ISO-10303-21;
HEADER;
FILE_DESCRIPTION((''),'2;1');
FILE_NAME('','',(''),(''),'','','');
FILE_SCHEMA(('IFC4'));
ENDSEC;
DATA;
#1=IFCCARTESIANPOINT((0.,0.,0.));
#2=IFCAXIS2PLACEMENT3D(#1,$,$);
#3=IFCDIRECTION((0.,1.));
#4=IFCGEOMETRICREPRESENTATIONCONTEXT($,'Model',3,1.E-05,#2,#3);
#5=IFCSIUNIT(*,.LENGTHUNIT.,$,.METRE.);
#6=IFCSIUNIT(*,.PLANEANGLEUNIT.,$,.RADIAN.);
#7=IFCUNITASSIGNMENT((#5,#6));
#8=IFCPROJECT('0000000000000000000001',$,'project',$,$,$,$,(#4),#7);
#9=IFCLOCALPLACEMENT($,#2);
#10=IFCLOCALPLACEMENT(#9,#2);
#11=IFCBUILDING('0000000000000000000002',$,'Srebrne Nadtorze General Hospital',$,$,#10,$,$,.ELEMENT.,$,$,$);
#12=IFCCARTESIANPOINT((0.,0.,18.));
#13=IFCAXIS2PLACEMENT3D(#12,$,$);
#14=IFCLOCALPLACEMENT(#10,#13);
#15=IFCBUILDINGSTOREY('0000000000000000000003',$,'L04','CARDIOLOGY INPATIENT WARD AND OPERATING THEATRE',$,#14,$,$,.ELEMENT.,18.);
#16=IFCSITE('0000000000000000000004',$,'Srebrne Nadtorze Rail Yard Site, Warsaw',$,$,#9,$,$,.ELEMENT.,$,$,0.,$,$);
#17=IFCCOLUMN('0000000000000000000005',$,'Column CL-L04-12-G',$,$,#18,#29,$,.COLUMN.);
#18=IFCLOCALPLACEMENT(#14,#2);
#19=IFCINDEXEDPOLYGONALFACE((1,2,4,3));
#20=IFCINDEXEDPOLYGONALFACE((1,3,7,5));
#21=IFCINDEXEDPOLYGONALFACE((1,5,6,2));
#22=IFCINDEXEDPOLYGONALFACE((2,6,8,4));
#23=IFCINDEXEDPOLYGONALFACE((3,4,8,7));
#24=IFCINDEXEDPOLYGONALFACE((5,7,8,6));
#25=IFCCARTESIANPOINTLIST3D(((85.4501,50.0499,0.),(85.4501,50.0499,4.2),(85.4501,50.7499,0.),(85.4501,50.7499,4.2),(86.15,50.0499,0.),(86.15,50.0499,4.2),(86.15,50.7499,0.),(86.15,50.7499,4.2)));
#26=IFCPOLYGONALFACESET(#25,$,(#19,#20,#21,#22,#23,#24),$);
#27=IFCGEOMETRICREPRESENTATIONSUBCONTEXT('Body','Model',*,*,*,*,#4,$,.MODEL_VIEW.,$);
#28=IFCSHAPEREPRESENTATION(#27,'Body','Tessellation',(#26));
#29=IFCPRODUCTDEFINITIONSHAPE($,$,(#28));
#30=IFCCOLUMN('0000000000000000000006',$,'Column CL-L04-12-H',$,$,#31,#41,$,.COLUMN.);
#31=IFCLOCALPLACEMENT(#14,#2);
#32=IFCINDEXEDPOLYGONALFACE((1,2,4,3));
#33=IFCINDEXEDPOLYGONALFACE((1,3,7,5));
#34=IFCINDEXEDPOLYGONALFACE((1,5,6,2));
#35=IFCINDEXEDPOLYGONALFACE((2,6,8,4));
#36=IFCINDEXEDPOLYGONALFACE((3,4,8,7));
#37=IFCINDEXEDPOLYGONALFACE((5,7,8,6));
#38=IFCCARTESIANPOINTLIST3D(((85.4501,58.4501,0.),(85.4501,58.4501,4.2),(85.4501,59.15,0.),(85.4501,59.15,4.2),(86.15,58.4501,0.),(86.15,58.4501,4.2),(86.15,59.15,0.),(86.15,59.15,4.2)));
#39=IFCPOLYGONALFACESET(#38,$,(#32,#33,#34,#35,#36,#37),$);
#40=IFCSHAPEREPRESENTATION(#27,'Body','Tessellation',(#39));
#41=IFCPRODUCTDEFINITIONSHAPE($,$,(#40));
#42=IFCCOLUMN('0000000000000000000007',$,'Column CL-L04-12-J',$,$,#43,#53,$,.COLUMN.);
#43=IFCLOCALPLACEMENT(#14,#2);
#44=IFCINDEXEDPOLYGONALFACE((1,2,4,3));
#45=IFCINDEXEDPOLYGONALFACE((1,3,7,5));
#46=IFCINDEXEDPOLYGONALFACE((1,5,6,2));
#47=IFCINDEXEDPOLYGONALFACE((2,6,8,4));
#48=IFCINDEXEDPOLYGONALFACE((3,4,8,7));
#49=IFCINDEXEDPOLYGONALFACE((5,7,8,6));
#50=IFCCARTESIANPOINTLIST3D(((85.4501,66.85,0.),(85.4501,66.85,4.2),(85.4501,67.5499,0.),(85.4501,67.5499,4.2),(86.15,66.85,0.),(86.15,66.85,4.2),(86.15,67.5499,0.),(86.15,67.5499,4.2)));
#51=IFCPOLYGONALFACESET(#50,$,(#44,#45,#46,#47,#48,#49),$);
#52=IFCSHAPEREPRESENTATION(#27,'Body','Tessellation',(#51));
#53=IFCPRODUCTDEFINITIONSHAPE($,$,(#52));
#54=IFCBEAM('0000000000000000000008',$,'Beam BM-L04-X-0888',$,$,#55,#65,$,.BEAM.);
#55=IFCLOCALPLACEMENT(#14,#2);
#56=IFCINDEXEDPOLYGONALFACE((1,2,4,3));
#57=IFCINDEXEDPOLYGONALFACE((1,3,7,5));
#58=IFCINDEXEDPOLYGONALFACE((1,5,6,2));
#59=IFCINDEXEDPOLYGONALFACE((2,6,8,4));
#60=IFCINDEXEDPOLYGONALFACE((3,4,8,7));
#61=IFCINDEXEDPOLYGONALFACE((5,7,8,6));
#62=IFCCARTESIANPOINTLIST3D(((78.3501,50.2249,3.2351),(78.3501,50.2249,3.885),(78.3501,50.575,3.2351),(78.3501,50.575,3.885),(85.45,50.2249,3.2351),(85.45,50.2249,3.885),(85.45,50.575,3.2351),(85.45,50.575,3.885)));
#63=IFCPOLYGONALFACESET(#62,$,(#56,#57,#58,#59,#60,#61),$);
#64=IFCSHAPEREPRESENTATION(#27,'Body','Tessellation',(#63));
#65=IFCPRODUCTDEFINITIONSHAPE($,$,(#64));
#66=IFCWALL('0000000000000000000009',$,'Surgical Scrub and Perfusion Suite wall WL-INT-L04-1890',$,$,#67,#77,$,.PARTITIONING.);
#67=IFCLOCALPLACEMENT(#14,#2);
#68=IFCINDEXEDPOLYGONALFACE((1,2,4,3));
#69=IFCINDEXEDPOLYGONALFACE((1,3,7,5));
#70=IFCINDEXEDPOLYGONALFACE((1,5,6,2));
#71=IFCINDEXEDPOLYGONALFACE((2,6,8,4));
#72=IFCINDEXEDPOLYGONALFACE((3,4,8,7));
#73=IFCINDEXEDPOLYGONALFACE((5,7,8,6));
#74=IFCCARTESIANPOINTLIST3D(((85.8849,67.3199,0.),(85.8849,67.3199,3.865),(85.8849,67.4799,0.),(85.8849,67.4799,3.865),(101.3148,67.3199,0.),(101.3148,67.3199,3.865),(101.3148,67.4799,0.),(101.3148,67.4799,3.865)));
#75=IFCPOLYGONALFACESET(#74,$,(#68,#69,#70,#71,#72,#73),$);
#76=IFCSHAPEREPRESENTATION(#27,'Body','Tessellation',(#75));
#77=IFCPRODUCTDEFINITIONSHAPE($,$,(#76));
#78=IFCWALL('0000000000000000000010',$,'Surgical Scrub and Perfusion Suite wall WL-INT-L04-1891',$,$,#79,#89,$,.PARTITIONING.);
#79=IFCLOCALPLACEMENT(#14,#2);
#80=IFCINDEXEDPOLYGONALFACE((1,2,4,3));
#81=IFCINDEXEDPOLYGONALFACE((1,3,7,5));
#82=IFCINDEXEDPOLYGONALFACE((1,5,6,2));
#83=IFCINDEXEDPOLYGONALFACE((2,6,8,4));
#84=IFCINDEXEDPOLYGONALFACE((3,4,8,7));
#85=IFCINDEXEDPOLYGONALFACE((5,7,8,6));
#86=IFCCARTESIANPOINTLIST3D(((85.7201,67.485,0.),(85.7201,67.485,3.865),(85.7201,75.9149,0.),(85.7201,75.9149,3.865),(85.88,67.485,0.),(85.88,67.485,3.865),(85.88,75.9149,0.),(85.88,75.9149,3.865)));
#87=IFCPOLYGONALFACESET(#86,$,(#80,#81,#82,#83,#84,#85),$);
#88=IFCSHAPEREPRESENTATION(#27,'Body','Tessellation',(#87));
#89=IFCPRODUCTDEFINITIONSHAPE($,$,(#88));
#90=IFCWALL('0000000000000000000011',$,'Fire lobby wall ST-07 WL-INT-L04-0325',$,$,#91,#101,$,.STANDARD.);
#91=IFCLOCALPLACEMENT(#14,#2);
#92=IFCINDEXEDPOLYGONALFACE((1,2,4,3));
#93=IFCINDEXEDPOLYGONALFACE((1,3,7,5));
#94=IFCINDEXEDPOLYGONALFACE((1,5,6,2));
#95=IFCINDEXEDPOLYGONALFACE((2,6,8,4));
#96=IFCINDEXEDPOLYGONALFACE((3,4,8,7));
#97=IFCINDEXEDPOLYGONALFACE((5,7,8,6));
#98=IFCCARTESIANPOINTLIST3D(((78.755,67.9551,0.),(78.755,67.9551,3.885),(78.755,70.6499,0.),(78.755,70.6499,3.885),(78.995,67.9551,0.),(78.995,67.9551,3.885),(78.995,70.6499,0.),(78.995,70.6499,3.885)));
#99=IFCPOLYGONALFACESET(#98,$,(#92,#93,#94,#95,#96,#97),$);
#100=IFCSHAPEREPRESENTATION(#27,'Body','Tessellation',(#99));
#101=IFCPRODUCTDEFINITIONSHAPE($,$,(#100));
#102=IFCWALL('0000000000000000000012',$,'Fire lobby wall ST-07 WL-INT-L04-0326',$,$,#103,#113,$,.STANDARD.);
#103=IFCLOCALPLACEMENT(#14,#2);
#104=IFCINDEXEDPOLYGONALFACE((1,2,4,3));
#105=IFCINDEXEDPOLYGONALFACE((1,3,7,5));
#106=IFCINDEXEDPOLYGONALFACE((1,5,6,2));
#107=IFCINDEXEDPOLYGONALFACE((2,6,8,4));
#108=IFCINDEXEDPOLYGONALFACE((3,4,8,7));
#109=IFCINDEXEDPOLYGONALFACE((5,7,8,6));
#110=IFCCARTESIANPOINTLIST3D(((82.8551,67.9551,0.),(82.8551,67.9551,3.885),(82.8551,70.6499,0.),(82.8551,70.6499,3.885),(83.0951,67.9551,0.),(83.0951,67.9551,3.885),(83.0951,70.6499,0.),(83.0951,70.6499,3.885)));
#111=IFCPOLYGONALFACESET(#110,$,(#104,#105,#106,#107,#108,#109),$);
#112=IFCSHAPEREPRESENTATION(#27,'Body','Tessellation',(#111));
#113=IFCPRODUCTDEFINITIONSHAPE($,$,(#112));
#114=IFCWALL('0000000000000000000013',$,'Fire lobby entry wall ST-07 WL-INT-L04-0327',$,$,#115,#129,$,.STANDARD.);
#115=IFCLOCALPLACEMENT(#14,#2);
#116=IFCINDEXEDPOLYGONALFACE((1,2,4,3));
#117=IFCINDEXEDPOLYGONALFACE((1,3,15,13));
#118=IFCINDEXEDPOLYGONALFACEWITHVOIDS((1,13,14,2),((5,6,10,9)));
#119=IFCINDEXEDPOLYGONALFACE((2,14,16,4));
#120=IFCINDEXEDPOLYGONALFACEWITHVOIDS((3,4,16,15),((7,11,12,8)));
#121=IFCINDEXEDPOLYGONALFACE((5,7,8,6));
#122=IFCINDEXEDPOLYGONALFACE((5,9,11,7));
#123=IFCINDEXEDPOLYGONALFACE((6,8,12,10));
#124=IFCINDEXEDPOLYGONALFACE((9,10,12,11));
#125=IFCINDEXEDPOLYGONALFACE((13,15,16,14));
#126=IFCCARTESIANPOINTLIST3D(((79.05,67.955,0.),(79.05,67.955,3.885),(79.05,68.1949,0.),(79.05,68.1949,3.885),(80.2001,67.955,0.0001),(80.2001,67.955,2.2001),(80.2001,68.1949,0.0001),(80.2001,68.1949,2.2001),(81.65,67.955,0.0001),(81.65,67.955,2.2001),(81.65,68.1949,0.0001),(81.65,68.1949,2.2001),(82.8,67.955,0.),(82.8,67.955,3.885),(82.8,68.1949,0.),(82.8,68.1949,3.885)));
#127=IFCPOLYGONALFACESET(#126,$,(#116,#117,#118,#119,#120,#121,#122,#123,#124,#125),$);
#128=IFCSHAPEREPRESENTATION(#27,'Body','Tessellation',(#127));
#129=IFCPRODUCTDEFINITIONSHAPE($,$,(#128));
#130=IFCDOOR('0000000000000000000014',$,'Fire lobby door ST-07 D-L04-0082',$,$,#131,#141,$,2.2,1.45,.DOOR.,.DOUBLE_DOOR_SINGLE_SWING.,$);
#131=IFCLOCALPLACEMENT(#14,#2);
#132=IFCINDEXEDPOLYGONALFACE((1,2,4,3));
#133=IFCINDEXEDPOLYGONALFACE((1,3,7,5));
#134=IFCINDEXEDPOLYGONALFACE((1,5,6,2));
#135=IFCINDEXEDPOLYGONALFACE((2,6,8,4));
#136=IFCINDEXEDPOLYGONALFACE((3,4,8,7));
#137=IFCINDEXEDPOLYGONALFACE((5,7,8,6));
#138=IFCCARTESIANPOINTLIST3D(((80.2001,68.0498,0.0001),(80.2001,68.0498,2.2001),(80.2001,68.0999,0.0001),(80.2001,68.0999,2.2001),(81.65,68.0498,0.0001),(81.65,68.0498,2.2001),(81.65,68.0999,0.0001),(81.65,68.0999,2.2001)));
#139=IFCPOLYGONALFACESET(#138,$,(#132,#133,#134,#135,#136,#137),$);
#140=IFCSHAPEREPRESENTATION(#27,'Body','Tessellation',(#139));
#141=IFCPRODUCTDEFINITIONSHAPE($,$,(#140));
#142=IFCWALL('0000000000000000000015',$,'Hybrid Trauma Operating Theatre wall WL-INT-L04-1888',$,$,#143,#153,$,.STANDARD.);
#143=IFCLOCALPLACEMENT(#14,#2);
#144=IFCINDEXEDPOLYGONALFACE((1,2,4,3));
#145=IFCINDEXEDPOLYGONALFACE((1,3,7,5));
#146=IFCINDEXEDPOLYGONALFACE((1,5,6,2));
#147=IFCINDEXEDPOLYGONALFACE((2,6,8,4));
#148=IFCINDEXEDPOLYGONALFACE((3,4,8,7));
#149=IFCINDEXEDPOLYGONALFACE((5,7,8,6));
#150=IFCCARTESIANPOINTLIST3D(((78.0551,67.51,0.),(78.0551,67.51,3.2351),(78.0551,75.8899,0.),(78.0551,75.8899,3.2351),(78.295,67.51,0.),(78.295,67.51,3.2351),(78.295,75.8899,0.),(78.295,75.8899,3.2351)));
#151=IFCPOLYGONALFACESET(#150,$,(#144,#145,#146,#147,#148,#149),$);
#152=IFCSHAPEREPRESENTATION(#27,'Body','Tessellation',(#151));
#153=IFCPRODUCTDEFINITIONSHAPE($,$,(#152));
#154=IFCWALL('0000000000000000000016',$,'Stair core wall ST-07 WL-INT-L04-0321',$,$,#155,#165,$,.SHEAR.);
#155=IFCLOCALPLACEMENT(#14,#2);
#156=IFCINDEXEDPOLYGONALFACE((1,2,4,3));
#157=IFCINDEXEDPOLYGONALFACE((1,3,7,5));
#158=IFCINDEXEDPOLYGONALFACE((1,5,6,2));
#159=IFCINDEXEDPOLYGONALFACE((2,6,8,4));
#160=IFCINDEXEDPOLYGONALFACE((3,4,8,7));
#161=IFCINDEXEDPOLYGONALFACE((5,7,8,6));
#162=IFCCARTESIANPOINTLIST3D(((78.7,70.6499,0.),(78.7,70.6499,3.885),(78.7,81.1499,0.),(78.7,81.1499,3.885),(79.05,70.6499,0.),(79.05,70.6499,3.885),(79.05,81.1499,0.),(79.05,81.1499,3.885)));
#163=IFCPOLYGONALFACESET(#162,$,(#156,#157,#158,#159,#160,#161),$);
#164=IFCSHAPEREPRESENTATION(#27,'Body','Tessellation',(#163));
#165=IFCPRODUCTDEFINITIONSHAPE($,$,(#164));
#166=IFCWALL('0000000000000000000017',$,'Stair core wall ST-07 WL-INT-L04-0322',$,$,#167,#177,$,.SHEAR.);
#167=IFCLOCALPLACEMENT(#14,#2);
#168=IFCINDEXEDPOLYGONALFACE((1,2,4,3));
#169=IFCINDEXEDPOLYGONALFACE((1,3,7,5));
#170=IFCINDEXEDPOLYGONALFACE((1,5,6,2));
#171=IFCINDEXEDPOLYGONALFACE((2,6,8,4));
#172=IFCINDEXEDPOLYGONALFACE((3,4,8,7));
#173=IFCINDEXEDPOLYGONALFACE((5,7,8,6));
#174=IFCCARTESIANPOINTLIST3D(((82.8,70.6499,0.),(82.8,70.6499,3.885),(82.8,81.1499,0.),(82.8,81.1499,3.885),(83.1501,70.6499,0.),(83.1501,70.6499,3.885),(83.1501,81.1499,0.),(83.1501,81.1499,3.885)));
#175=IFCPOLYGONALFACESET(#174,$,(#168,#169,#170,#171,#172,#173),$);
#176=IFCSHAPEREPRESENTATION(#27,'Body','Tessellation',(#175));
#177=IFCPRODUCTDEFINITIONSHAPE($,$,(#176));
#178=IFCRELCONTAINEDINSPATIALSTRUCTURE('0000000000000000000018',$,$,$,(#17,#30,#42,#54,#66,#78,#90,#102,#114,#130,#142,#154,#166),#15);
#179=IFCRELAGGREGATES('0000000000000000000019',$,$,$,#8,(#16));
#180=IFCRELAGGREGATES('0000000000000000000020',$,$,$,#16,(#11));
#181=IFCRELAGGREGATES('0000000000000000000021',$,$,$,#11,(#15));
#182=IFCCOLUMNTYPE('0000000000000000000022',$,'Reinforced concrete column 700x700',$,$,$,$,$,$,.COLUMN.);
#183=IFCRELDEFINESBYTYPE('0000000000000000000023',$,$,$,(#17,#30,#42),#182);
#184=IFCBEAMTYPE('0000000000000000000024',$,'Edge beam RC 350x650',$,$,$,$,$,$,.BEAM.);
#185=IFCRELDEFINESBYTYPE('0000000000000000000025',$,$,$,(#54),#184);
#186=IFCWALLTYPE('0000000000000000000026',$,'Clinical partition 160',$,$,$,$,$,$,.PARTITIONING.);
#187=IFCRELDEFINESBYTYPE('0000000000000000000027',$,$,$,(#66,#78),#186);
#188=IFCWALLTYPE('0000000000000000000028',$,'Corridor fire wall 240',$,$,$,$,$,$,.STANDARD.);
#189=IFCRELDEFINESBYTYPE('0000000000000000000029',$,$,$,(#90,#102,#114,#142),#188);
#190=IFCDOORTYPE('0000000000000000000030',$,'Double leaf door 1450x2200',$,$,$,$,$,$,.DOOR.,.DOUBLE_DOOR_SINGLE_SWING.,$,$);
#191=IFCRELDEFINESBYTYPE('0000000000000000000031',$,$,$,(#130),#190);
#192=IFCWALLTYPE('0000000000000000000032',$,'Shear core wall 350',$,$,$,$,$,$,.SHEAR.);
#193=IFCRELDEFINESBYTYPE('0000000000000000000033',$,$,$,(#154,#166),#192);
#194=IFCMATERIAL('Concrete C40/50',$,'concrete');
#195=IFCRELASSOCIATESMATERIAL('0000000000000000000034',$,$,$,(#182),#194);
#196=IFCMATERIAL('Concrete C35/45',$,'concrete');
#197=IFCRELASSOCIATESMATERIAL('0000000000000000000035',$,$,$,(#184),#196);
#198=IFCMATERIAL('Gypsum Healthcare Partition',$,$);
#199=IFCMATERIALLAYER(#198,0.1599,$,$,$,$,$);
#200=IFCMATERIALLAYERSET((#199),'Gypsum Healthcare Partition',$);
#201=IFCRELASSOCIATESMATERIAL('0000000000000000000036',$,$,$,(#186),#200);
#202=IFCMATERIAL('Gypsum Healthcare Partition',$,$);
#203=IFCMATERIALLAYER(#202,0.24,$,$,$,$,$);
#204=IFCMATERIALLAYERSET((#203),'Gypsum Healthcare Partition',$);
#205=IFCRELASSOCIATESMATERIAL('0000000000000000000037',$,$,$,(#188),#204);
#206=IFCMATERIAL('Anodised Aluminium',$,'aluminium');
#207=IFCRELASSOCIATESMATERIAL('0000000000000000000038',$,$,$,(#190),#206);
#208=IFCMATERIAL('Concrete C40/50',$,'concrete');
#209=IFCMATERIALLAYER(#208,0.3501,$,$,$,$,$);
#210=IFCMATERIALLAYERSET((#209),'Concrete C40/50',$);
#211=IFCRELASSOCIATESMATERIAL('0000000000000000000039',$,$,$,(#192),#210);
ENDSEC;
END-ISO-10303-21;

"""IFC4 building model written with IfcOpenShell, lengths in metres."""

from ifc_helpers import new_model, si_unit, direction, frame, frame_2d, origin, origin_2d, place, context, subcontext, project, spatial, rectangle, extrude, material, layer, layer_set, material_profile, profile_set, type_object, element, fill, save


model = new_model("IFC4")

# Units and contexts
model_context = context("Model", 3, precision=1e-05, world=origin(), true_north=direction((0.0, 1.0)))
body_context = subcontext(model_context, "Body", "Model", "MODEL_VIEW")
ifc_project = project(units=[si_unit("LENGTHUNIT", "METRE"), si_unit("PLANEANGLEUNIT", "RADIAN")], contexts=[model_context])

# Site, building, storey
site_placement = place(None, origin())
site = spatial("IfcSite", under=ifc_project, at=site_placement, Name="Srebrne Nadtorze Rail Yard Site, Warsaw", CompositionType="ELEMENT", RefElevation=0.0)
building_placement = place(site_placement, origin())
building = spatial("IfcBuilding", under=site, at=building_placement, Name="Srebrne Nadtorze General Hospital", CompositionType="ELEMENT")
storey_placement = place(building_placement, frame((0.0, 0.0, 18.0)))
storey = spatial("IfcBuildingStorey", under=building, at=storey_placement, Name="L04", Description="CARDIOLOGY INPATIENT WARD AND OPERATING THEATRE", CompositionType="ELEMENT", Elevation=18.0)

# Columns
ifc_material_1 = material(Name="Concrete C40/50", Category="concrete")
ifc_material_profile_1 = material_profile(ifc_material_1, rectangle(XDim=0.7, YDim=0.7, at=origin_2d()), Name="RC-COL-700x700")
ifc_profile_set_1 = profile_set([ifc_material_profile_1], Name="Concrete C40/50")
column_type = type_object("IfcColumnType", Name="Reinforced concrete column 700x700", PredefinedType="COLUMN", material=ifc_profile_set_1)
for number, where, z_axis, x_axis, name in (
    (1, (85.8, 50.3999, 0.0), (0.0, 0.0, 1.0), (1.0, 0.0, 0.0), "Column CL-L04-12-G"),
    (2, (85.8, 58.8, 0.0), (0.0, 0.0, 1.0), (1.0, 0.0, 0.0), "Column CL-L04-12-H"),
    (3, (85.8, 67.2, 0.0), (0.0, 0.0, 1.0), (1.0, 0.0, 0.0), "Column CL-L04-12-J"),
):
    element("IfcColumn", number, at=place(storey_placement, frame(where, z_axis=z_axis, x_axis=x_axis)), inside=storey, type_object=column_type, Name=name, PredefinedType="COLUMN", context=body_context, shape_type="SweptSolid", body=[
        extrude(rectangle(XDim=0.7, YDim=0.7, at=origin_2d()), origin(), (0.0, 0.0, 1.0), 4.2),
    ])

# Beam
ifc_material_2 = material(Name="Concrete C35/45", Category="concrete")
ifc_material_profile_2 = material_profile(ifc_material_2, rectangle(XDim=0.3501, YDim=0.6499, at=origin_2d()), Name="RC-BM-350x650")
ifc_profile_set_2 = profile_set([ifc_material_profile_2], Name="Concrete C35/45")
beam_type = type_object("IfcBeamType", Name="Edge beam RC 350x650", PredefinedType="BEAM", material=ifc_profile_set_2)
beam_placement = place(storey_placement, frame((78.3501, 50.3999, 3.5601), z_axis=(1.0, 0.0, 0.0), x_axis=(0.0, 1.0, 0.0)))
element("IfcBeam", 4, at=beam_placement, inside=storey, type_object=beam_type, Name="Beam BM-L04-X-0888", PredefinedType="BEAM", context=body_context, shape_type="SweptSolid", body=[
    extrude(rectangle(XDim=0.3501, YDim=0.6499, at=origin_2d()), origin(), (0.0, 0.0, 1.0), 7.0999),
])

# Walls
ifc_material_3 = material(Name="Gypsum Healthcare Partition")
ifc_layer_1 = layer(ifc_material_3, 0.1599)
ifc_layer_set_1 = layer_set([ifc_layer_1], Name="Gypsum Healthcare Partition")
wall_type_1 = type_object("IfcWallType", Name="Clinical partition 160", PredefinedType="PARTITIONING", material=ifc_layer_set_1)
wall_1_placement = place(storey_placement, frame((85.885, 67.3999, 0.0), z_axis=(0.0, 0.0, 1.0), x_axis=(1.0, 0.0, 0.0)))
element("IfcWall", 5, at=wall_1_placement, inside=storey, type_object=wall_type_1, Name="Surgical Scrub and Perfusion Suite wall WL-INT-L04-1890", PredefinedType="PARTITIONING", context=body_context, shape_type="SweptSolid", body=[
    extrude(rectangle(XDim=15.4299, YDim=0.1599, at=frame_2d((7.7148, 0.0))), origin(), (0.0, 0.0, 1.0), 3.865),
])
wall_2_placement = place(storey_placement, frame((85.8, 67.4851, 0.0), z_axis=(0.0, 0.0, 1.0), x_axis=(0.0, 1.0, 0.0)))
element("IfcWall", 6, at=wall_2_placement, inside=storey, type_object=wall_type_1, Name="Surgical Scrub and Perfusion Suite wall WL-INT-L04-1891", PredefinedType="PARTITIONING", context=body_context, shape_type="SweptSolid", body=[
    extrude(rectangle(XDim=8.4299, YDim=0.1599, at=frame_2d((4.2148, 0.0))), origin(), (0.0, 0.0, 1.0), 3.865),
])
ifc_material_4 = material(Name="Gypsum Healthcare Partition")
ifc_layer_2 = layer(ifc_material_4, 0.24)
ifc_layer_set_2 = layer_set([ifc_layer_2], Name="Gypsum Healthcare Partition")
wall_type_2 = type_object("IfcWallType", Name="Corridor fire wall 240", PredefinedType="STANDARD", material=ifc_layer_set_2)
for number, where, z_axis, x_axis, name in (
    (7, (78.875, 67.9551, 0.0), (0.0, 0.0, 1.0), (0.0, 1.0, 0.0), "Fire lobby wall ST-07 WL-INT-L04-0325"),
    (8, (82.9751, 67.9551, 0.0), (0.0, 0.0, 1.0), (0.0, 1.0, 0.0), "Fire lobby wall ST-07 WL-INT-L04-0326"),
):
    element("IfcWall", number, at=place(storey_placement, frame(where, z_axis=z_axis, x_axis=x_axis)), inside=storey, type_object=wall_type_2, Name=name, PredefinedType="STANDARD", context=body_context, shape_type="SweptSolid", body=[
        extrude(rectangle(XDim=2.6948, YDim=0.24, at=frame_2d((1.3474, 0.0))), origin(), (0.0, 0.0, 1.0), 3.885),
    ])

# Wall, opening, door
wall_3_placement = place(storey_placement, frame((79.05, 68.075, 0.0), z_axis=(0.0, 0.0, 1.0), x_axis=(1.0, 0.0, 0.0)))
wall_3 = element("IfcWall", 9, at=wall_3_placement, inside=storey, type_object=wall_type_2, Name="Fire lobby entry wall ST-07 WL-INT-L04-0327", PredefinedType="STANDARD", context=body_context, shape_type="SweptSolid", body=[
    extrude(rectangle(XDim=3.75, YDim=0.24, at=frame_2d((1.875, 0.0))), origin(), (0.0, 0.0, 1.0), 3.885),
])
opening_1_placement = place(wall_3_placement, frame((1.1499, 0.0, 0.0)))
opening_1 = element("IfcOpeningElement", 10, at=opening_1_placement, cuts=wall_3, PredefinedType="OPENING", context=body_context, shape_type="SweptSolid", body=[
    extrude(rectangle(XDim=1.45, YDim=2.2, at=frame_2d((0.7251, 1.1001))), frame((0.0, 0.1318, 0.0), z_axis=(0.0, -1.0, 0.0), x_axis=(1.0, 0.0, 0.0)), (0.0, 0.0, 1.0), 0.2639),
])
ifc_material_5 = material(Name="Anodised Aluminium", Category="aluminium")
door_type = type_object("IfcDoorType", Name="Double leaf door 1450x2200", OperationType="DOUBLE_DOOR_SINGLE_SWING", PredefinedType="DOOR", material=ifc_material_5)
door_1_placement = place(opening_1_placement, origin())
door_1 = element("IfcDoor", 11, at=door_1_placement, inside=storey, type_object=door_type, Name="Fire lobby door ST-07 D-L04-0082", OperationType="DOUBLE_DOOR_SINGLE_SWING", OverallHeight=2.2, OverallWidth=1.45, PredefinedType="DOOR", context=body_context, shape_type="SweptSolid", body=[
    extrude(rectangle(XDim=1.45, YDim=2.2, at=frame_2d((0.7251, 1.1001))), frame((0.0, 0.0249, 0.0), z_axis=(0.0, -1.0, 0.0), x_axis=(1.0, 0.0, 0.0)), (0.0, 0.0, 1.0), 0.05),
])
fill(opening_1, door_1)

# Walls
wall_4_placement = place(storey_placement, frame((78.175, 67.51, 0.0), z_axis=(0.0, 0.0, 1.0), x_axis=(0.0, 1.0, 0.0)))
element("IfcWall", 12, at=wall_4_placement, inside=storey, type_object=wall_type_2, Name="Hybrid Trauma Operating Theatre wall WL-INT-L04-1888", PredefinedType="STANDARD", context=body_context, shape_type="SweptSolid", body=[
    extrude(rectangle(XDim=8.3799, YDim=0.24, at=frame_2d((4.1899, 0.0))), origin(), (0.0, 0.0, 1.0), 3.2351),
])
ifc_material_6 = material(Name="Concrete C40/50", Category="concrete")
ifc_layer_3 = layer(ifc_material_6, 0.3501)
ifc_layer_set_3 = layer_set([ifc_layer_3], Name="Concrete C40/50")
wall_type_3 = type_object("IfcWallType", Name="Shear core wall 350", PredefinedType="SHEAR", material=ifc_layer_set_3)
for number, where, z_axis, x_axis, name in (
    (13, (78.875, 70.6499, 0.0), (0.0, 0.0, 1.0), (0.0, 1.0, 0.0), "Stair core wall ST-07 WL-INT-L04-0321"),
    (14, (82.9751, 70.6499, 0.0), (0.0, 0.0, 1.0), (0.0, 1.0, 0.0), "Stair core wall ST-07 WL-INT-L04-0322"),
):
    element("IfcWall", number, at=place(storey_placement, frame(where, z_axis=z_axis, x_axis=x_axis)), inside=storey, type_object=wall_type_3, Name=name, PredefinedType="SHEAR", context=body_context, shape_type="SweptSolid", body=[
        extrude(rectangle(XDim=10.5, YDim=0.3501, at=frame_2d((5.25, 0.0))), origin(), (0.0, 0.0, 1.0), 3.885),
    ])

save(model, "model.ifc")
